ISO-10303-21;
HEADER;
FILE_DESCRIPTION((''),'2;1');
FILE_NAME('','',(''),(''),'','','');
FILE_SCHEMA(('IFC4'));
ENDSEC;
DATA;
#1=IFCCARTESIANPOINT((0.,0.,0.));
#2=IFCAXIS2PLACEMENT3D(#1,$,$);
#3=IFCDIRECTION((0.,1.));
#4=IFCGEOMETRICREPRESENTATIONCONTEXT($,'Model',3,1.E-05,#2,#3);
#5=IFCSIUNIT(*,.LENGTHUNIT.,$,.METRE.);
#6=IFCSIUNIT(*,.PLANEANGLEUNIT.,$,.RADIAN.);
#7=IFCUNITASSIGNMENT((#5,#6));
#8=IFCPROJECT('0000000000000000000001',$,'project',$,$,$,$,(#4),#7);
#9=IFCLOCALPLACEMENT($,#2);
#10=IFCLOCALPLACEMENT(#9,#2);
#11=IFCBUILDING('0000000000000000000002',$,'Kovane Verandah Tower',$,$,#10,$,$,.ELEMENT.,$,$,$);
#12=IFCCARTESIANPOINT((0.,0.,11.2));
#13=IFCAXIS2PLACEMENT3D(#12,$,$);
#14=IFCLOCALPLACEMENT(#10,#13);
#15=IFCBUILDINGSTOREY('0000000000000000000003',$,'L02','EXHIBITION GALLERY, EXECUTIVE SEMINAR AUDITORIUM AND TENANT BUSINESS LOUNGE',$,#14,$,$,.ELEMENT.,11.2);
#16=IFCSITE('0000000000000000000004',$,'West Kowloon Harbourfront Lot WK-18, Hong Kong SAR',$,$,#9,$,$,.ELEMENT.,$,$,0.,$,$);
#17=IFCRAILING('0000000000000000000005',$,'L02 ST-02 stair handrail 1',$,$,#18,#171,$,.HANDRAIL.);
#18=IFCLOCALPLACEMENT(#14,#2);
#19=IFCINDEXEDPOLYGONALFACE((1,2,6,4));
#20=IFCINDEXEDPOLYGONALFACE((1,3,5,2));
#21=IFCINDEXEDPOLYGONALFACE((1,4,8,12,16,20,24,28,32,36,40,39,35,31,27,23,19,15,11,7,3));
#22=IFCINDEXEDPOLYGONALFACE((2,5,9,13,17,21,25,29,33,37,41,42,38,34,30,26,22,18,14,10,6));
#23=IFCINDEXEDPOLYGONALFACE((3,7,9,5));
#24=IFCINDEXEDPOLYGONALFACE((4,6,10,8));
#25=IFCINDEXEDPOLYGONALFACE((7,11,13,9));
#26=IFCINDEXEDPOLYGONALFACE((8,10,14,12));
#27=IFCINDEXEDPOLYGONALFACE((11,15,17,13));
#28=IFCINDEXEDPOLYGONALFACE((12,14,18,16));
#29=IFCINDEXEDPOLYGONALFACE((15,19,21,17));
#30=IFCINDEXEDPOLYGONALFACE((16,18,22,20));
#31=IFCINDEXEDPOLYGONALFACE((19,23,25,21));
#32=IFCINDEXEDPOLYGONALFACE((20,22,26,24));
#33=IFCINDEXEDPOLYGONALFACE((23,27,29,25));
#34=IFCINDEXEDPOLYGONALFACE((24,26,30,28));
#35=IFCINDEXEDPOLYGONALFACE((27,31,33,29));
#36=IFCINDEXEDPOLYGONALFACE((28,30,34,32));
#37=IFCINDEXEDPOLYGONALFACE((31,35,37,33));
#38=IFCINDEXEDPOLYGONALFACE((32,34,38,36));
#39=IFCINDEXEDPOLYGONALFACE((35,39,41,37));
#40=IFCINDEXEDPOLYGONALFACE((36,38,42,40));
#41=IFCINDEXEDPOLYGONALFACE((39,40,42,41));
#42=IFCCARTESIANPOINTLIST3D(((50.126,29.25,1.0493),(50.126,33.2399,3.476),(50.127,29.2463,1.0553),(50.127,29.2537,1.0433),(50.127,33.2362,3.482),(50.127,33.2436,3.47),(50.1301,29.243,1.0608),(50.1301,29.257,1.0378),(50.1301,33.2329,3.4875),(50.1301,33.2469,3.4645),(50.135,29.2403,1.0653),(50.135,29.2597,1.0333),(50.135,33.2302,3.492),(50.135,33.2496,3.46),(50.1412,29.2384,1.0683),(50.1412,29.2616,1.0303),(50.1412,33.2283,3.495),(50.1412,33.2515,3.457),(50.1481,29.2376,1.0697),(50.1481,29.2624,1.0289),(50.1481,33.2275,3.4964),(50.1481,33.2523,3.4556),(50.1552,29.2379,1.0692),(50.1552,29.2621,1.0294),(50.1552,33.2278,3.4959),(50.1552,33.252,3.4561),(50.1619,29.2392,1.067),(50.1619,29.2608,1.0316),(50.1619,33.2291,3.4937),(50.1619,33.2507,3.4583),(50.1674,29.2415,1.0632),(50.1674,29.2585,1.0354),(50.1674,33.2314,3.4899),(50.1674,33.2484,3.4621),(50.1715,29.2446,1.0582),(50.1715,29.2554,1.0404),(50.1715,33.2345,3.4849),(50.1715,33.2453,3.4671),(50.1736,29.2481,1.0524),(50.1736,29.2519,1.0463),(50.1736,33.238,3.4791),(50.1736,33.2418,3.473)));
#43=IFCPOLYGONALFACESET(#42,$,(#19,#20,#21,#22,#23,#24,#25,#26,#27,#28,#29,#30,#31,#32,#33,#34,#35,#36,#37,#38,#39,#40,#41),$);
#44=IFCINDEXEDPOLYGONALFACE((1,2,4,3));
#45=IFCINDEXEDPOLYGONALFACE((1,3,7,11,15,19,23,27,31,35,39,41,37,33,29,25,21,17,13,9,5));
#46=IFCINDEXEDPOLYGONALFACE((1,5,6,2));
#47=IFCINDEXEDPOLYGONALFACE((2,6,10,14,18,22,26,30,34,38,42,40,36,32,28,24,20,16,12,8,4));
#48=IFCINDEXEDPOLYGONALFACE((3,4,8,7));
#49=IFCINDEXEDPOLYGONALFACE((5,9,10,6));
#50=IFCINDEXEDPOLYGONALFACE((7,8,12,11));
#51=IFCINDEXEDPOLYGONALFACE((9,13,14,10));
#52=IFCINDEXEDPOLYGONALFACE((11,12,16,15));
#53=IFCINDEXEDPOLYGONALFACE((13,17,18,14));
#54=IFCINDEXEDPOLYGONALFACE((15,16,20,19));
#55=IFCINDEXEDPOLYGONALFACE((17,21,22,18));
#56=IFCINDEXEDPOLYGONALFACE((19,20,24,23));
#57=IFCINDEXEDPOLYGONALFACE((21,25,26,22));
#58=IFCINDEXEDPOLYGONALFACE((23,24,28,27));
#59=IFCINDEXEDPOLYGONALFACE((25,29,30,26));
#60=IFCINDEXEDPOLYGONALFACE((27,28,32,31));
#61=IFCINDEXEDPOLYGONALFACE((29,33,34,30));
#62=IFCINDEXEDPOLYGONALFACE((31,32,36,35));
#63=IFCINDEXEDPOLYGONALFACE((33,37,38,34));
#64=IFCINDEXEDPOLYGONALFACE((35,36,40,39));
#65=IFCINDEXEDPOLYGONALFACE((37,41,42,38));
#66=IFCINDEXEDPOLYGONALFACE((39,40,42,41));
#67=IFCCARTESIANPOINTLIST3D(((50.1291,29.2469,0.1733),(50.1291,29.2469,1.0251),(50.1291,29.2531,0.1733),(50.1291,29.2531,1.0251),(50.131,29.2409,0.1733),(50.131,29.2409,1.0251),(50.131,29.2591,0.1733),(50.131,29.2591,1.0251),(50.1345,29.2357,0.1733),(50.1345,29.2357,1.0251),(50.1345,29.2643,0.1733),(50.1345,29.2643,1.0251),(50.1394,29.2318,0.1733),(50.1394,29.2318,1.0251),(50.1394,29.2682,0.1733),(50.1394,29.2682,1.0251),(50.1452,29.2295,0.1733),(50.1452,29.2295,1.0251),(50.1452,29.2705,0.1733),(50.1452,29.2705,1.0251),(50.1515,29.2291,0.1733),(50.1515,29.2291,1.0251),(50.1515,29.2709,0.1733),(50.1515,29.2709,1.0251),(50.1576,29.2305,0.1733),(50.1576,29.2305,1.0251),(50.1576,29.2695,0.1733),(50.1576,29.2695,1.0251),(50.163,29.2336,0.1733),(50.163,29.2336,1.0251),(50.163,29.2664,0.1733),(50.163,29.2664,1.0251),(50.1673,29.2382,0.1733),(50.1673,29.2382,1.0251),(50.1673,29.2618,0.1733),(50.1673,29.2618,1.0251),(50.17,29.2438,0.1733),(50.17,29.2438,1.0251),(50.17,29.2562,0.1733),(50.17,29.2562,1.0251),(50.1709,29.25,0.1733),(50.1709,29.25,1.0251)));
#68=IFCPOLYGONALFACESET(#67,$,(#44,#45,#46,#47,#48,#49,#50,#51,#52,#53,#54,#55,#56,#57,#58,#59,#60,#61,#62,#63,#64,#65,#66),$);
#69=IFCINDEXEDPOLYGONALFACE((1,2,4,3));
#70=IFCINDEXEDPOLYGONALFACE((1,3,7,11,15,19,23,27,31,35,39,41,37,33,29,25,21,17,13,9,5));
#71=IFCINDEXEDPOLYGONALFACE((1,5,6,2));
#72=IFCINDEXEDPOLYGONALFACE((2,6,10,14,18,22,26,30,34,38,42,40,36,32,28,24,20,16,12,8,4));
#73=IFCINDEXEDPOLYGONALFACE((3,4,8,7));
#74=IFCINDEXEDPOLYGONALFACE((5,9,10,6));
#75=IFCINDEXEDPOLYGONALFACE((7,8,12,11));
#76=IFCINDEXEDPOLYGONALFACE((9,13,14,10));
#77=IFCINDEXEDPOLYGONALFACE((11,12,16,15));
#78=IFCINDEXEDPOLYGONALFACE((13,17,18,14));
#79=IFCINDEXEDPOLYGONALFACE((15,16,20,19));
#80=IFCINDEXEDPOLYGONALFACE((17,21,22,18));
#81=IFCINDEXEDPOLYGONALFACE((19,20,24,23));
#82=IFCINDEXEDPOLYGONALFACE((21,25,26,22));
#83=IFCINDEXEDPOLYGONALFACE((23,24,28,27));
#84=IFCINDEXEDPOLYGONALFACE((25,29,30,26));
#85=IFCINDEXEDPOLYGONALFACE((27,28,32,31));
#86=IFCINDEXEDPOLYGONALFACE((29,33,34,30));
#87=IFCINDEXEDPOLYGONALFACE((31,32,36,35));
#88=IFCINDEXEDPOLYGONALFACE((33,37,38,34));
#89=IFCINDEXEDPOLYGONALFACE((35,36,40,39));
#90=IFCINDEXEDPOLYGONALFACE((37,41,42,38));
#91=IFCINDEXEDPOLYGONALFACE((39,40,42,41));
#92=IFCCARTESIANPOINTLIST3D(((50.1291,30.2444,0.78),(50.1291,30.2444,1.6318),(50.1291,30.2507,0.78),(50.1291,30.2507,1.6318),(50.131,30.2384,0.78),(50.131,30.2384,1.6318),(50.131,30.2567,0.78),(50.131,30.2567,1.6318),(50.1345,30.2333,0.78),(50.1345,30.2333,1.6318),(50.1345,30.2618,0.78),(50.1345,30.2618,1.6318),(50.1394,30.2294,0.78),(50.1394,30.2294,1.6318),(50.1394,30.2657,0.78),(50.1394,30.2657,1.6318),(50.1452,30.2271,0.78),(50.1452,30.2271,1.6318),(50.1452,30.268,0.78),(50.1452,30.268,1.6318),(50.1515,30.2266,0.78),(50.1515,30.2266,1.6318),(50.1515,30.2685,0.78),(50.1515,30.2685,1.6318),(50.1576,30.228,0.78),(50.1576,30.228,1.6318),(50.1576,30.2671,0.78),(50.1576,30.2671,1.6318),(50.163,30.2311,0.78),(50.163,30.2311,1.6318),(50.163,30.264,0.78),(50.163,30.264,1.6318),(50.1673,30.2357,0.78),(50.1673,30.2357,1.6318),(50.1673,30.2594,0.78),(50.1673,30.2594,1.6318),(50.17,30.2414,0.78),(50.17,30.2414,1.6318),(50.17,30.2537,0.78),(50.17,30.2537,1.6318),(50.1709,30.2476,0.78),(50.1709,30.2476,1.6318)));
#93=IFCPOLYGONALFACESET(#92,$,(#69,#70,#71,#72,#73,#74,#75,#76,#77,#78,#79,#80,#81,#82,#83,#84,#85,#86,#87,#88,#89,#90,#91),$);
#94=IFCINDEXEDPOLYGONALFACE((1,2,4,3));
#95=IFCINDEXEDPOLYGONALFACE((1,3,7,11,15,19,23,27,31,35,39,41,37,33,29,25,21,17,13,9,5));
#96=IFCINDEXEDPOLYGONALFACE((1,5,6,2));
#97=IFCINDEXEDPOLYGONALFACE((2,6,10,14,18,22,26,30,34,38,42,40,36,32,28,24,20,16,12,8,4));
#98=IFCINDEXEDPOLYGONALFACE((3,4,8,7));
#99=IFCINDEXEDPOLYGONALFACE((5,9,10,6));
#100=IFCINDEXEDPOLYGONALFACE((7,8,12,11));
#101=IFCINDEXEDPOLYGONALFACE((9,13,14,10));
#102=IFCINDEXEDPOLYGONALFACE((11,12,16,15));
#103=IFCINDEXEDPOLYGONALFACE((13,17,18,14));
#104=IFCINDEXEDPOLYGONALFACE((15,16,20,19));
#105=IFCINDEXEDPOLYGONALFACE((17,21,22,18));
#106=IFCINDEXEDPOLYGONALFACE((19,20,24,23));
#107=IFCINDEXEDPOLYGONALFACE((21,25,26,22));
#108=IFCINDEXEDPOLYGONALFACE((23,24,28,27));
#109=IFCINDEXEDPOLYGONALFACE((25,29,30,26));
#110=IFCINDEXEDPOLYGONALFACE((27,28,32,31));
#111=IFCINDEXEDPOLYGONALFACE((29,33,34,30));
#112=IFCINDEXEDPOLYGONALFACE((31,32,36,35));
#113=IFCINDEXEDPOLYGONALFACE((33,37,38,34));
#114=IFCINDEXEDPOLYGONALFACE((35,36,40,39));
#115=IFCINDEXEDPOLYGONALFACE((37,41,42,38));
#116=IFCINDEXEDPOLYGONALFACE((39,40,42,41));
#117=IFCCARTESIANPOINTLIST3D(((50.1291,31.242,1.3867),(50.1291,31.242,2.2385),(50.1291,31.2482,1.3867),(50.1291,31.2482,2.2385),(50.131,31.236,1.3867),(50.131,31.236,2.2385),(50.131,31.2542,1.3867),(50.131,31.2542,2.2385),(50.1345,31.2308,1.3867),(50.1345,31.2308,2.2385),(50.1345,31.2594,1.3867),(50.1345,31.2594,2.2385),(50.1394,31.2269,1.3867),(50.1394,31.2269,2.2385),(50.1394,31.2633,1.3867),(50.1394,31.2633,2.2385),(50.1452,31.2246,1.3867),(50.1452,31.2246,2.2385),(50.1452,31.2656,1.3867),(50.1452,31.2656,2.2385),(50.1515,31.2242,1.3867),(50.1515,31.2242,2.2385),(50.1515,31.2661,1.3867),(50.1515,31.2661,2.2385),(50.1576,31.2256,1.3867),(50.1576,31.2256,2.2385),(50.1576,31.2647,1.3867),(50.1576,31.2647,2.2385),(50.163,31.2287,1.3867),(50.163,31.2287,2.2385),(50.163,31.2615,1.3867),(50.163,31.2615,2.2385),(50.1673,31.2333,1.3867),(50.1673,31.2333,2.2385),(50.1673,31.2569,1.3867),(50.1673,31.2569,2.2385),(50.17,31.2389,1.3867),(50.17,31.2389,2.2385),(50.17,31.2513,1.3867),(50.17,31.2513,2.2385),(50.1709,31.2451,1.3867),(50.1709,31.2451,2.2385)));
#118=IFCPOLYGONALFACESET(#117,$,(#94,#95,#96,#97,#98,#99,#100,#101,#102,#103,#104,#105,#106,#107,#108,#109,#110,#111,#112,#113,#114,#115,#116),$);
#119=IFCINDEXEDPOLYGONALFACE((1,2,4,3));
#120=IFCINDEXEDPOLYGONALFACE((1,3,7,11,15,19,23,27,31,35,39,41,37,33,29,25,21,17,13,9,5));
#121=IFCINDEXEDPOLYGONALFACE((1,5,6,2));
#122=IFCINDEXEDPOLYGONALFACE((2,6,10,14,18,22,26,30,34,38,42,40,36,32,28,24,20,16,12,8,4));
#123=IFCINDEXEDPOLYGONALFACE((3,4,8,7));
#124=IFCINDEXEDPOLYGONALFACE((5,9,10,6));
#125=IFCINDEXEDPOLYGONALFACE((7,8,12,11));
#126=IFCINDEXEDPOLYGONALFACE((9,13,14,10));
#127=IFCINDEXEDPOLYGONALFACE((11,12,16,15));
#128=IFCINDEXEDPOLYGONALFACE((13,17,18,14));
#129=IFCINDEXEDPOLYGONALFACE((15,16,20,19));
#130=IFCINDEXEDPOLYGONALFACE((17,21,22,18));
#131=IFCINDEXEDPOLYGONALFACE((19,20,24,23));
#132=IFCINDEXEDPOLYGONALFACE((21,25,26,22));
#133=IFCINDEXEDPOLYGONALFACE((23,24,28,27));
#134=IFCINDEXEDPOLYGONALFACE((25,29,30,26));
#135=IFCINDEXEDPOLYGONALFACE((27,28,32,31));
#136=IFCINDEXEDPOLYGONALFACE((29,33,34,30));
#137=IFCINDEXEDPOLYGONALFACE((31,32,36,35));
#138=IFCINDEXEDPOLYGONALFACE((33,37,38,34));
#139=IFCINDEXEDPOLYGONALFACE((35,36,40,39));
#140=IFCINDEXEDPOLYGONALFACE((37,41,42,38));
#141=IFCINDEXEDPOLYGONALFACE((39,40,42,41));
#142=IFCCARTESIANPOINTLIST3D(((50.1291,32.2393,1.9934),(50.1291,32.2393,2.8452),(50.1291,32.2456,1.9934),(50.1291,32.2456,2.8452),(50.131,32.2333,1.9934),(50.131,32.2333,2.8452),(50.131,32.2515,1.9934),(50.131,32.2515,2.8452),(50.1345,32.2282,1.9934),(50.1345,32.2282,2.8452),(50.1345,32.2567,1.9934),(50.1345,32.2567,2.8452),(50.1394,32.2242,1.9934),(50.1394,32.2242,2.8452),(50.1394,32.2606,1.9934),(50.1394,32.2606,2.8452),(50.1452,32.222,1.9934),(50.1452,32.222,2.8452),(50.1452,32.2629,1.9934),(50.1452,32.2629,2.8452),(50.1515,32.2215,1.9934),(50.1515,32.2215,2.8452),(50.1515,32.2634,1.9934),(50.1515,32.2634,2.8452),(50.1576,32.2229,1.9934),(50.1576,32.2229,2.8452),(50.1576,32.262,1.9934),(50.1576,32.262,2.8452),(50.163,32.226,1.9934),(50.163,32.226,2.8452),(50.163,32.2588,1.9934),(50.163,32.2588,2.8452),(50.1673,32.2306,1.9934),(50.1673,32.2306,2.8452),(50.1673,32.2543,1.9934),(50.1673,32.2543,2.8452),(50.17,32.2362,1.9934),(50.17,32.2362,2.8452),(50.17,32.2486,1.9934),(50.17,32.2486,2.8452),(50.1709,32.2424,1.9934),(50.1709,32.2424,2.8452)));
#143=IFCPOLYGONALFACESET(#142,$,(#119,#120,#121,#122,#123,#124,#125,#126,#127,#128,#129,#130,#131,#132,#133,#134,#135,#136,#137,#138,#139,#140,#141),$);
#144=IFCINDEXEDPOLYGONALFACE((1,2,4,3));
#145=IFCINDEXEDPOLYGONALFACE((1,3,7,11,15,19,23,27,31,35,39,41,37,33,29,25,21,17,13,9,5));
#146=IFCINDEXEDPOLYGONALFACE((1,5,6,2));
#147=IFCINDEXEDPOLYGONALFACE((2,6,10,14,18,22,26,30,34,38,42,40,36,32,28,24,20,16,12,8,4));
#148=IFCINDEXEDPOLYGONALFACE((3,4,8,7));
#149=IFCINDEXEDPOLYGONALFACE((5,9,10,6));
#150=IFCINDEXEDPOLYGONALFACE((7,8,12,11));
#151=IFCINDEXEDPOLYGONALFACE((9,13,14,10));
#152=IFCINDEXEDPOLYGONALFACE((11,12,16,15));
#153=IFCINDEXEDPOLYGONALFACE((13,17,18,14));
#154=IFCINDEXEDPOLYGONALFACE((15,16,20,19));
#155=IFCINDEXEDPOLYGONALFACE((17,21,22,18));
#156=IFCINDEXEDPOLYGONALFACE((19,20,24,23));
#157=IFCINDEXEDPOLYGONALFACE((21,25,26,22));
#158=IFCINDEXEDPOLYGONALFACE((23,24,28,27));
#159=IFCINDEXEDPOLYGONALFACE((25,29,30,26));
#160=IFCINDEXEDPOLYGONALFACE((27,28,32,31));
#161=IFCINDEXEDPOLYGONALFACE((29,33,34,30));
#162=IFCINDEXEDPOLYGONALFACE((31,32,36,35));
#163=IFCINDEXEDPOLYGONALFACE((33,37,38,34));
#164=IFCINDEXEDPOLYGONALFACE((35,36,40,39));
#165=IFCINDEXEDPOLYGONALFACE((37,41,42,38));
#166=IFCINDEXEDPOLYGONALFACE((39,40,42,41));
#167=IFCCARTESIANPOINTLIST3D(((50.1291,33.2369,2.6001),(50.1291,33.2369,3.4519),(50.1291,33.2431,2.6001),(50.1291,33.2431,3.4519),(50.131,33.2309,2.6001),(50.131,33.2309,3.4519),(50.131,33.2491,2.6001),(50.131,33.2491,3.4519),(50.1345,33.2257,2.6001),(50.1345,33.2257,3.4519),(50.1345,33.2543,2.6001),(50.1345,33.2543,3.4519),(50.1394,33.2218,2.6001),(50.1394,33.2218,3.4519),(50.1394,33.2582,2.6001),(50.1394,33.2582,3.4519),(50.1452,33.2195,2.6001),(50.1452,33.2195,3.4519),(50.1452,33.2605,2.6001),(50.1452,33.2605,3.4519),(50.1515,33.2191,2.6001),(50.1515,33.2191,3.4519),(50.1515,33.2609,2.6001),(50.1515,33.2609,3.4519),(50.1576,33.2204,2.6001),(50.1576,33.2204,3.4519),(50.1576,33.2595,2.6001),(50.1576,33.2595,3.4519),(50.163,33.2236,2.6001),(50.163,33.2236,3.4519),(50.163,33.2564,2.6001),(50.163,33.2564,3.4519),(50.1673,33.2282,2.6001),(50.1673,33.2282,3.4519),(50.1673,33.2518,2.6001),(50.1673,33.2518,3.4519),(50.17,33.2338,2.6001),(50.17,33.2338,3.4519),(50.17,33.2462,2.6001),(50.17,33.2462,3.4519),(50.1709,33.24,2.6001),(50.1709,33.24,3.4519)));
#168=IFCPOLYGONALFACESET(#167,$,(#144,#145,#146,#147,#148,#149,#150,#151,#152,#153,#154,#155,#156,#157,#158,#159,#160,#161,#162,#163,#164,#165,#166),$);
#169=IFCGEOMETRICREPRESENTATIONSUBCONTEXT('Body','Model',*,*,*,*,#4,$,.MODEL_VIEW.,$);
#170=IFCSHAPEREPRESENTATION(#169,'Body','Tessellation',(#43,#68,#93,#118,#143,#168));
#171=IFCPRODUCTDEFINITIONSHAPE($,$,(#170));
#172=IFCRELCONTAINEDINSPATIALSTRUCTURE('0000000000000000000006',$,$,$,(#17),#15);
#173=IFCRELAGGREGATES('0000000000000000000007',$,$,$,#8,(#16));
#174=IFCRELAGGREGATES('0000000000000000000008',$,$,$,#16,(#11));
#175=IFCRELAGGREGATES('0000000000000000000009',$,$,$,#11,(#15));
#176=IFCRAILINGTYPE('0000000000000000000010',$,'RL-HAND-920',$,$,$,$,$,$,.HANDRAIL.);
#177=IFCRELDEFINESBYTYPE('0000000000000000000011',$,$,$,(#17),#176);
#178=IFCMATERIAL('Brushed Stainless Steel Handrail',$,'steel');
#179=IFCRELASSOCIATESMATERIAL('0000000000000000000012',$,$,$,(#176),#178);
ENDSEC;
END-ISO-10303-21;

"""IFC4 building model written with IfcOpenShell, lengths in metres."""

from ifc_helpers import new_model, si_unit, direction, frame, origin, origin_2d, place, context, subcontext, project, spatial, circle, extrude, material, type_object, element, save


model = new_model("IFC4")

# Units and contexts
model_context = context("Model", 3, precision=1e-05, world=origin(), true_north=direction((0.0, 1.0)))
body_context = subcontext(model_context, "Body", "Model", "MODEL_VIEW")
ifc_project = project(units=[si_unit("LENGTHUNIT", "METRE"), si_unit("PLANEANGLEUNIT", "RADIAN")], contexts=[model_context])

# Site, building, storey
site_placement = place(None, origin())
site = spatial("IfcSite", under=ifc_project, at=site_placement, Name="West Kowloon Harbourfront Lot WK-18, Hong Kong SAR", CompositionType="ELEMENT", RefElevation=0.0)
building_placement = place(site_placement, origin())
building = spatial("IfcBuilding", under=site, at=building_placement, Name="Kovane Verandah Tower", CompositionType="ELEMENT")
storey_placement = place(building_placement, frame((0.0, 0.0, 11.2)))
storey = spatial("IfcBuildingStorey", under=building, at=storey_placement, Name="L02", Description="EXHIBITION GALLERY, EXECUTIVE SEMINAR AUDITORIUM AND TENANT BUSINESS LOUNGE", CompositionType="ELEMENT", Elevation=11.2)

# Railing
ifc_material_1 = material(Name="Brushed Stainless Steel Handrail", Category="steel")
railing_type_1 = type_object("IfcRailingType", Name="RL-HAND-920", PredefinedType="HANDRAIL", material=ifc_material_1)
railing_1_placement = place(storey_placement, frame((50.1499, 29.25, 0.1733)))
element("IfcRailing", 1, at=railing_1_placement, inside=storey, type_object=railing_type_1, Name="L02 ST-02 stair handrail 1", PredefinedType="HANDRAIL", context=body_context, shape_type="SweptSolid", body=[
    extrude(circle(Radius=0.0239, at=origin_2d()), frame((0.0, 0.0, 0.876), z_axis=(0.0, 0.854382, 0.519645), x_axis=(-1.0, 0.0, 0.0)), (0.0, 0.0, 1.0), 4.6699),
    extrude(circle(Radius=0.021, at=origin_2d()), origin(), (0.0, 0.0, 1.0), 0.8518),
    extrude(circle(Radius=0.021, at=origin_2d()), frame((0.0, 0.9976, 0.6067)), (0.0, 0.0, 1.0), 0.8518),
    extrude(circle(Radius=0.021, at=origin_2d()), frame((0.0, 1.9951, 1.2134)), (0.0, 0.0, 1.0), 0.8518),
    extrude(circle(Radius=0.021, at=origin_2d()), frame((0.0, 2.9924, 1.8201)), (0.0, 0.0, 1.0), 0.8518),
    extrude(circle(Radius=0.021, at=origin_2d()), frame((0.0, 3.99, 2.4268)), (0.0, 0.0, 1.0), 0.8518),
])

save(model, "model.ifc")
